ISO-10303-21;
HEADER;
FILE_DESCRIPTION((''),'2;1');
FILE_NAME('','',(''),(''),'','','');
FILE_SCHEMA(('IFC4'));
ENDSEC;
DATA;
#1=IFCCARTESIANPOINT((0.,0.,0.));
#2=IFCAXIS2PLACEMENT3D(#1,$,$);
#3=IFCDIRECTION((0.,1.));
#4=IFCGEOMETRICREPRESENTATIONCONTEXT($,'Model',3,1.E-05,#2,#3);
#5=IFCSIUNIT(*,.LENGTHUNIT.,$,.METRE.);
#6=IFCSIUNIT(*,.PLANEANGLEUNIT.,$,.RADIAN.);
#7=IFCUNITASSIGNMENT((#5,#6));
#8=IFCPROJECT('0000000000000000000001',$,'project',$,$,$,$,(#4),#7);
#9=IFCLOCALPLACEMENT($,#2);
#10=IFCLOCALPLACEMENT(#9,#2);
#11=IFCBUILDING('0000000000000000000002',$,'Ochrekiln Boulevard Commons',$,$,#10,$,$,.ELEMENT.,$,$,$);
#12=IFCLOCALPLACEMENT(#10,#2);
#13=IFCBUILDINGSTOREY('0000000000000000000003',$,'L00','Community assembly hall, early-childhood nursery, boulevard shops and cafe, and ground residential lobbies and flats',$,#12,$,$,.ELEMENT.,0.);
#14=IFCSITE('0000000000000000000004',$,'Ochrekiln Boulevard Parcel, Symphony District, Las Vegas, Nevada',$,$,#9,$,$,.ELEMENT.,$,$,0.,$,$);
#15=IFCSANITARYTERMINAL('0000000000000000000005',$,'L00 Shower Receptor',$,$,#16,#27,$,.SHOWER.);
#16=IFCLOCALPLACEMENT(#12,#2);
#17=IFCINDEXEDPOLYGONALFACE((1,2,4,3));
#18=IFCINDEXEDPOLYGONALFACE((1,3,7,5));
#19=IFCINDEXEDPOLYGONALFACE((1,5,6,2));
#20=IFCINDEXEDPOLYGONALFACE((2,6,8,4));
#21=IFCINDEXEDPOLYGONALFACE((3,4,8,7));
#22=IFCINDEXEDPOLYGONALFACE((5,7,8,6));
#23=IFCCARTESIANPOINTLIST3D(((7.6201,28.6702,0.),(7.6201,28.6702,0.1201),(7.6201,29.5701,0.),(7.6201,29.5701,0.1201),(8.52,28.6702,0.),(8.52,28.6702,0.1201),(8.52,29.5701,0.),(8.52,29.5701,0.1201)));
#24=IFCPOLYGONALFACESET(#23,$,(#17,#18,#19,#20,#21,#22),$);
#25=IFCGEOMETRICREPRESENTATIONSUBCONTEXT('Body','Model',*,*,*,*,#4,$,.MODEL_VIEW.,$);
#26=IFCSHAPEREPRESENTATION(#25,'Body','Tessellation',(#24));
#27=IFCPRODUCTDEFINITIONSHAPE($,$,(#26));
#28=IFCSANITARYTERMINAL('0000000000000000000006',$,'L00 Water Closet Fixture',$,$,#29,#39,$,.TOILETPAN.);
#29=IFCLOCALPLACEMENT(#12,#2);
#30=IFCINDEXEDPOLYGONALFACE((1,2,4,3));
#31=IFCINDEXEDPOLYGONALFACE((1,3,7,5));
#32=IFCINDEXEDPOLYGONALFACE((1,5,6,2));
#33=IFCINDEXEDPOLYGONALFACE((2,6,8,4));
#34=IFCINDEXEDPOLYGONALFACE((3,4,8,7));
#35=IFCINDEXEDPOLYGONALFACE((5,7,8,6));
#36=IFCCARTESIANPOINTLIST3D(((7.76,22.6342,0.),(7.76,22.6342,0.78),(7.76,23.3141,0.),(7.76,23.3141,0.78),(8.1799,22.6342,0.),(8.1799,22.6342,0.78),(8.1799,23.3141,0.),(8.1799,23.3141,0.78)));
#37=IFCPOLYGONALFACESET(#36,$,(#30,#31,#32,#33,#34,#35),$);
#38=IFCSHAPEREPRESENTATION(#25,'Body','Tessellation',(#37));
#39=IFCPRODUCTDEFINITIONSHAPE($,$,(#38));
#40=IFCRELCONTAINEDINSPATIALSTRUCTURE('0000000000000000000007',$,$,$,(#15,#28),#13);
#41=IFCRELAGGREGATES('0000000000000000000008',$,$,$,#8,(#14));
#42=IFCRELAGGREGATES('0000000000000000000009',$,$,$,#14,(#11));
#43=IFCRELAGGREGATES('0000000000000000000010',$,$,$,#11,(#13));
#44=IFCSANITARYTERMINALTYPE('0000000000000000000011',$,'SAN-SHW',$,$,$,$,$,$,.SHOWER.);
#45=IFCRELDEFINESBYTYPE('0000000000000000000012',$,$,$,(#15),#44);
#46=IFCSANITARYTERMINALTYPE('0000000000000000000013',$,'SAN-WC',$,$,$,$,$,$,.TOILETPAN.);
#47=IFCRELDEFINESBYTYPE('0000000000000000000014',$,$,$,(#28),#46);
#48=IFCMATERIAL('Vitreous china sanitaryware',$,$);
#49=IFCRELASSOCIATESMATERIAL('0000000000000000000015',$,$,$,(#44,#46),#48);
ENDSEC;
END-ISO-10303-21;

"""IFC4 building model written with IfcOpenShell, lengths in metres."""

from ifc_helpers import new_model, si_unit, direction, frame, origin, origin_2d, place, context, subcontext, project, spatial, rectangle, extrude, material, type_object, element, save


model = new_model("IFC4")

# Units and contexts
model_context = context("Model", 3, precision=1e-05, world=origin(), true_north=direction((0.0, 1.0)))
body_context = subcontext(model_context, "Body", "Model", "MODEL_VIEW")
ifc_project = project(units=[si_unit("LENGTHUNIT", "METRE"), si_unit("PLANEANGLEUNIT", "RADIAN")], contexts=[model_context])

# Site, building, storey
site_placement = place(None, origin())
site = spatial("IfcSite", under=ifc_project, at=site_placement, Name="Ochrekiln Boulevard Parcel, Symphony District, Las Vegas, Nevada", CompositionType="ELEMENT", RefElevation=0.0)
building_placement = place(site_placement, origin())
building = spatial("IfcBuilding", under=site, at=building_placement, Name="Ochrekiln Boulevard Commons", CompositionType="ELEMENT")
storey_placement = place(building_placement, origin())
storey = spatial("IfcBuildingStorey", under=building, at=storey_placement, Name="L00", Description="Community assembly hall, early-childhood nursery, boulevard shops and cafe, and ground residential lobbies and flats", CompositionType="ELEMENT", Elevation=0.0)

# Sanitary terminals
ifc_material_1 = material(Name="Vitreous china sanitaryware")
sanitary_terminal_type_1 = type_object("IfcSanitaryTerminalType", Name="SAN-SHW", PredefinedType="SHOWER", material=ifc_material_1)
sanitary_terminal_1_placement = place(storey_placement, frame((8.0701, 29.1201, 0.0), z_axis=(0.0, 0.0, 1.0), x_axis=(1.0, 0.0, 0.0)))
element("IfcSanitaryTerminal", 1, at=sanitary_terminal_1_placement, inside=storey, type_object=sanitary_terminal_type_1, Name="L00 Shower Receptor", PredefinedType="SHOWER", context=body_context, shape_type="SweptSolid", body=[
    extrude(rectangle(XDim=0.8999, YDim=0.8999, at=origin_2d()), origin(), (0.0, 0.0, 1.0), 0.1201),
])
sanitary_terminal_type_2 = type_object("IfcSanitaryTerminalType", Name="SAN-WC", PredefinedType="TOILETPAN", material=ifc_material_1)
sanitary_terminal_2_placement = place(storey_placement, frame((7.97, 22.9741, 0.0), z_axis=(0.0, 0.0, 1.0), x_axis=(1.0, 0.0, 0.0)))
element("IfcSanitaryTerminal", 2, at=sanitary_terminal_2_placement, inside=storey, type_object=sanitary_terminal_type_2, Name="L00 Water Closet Fixture", PredefinedType="TOILETPAN", context=body_context, shape_type="SweptSolid", body=[
    extrude(rectangle(XDim=0.4199, YDim=0.6799, at=origin_2d()), origin(), (0.0, 0.0, 1.0), 0.78),
])

save(model, "model.ifc")
